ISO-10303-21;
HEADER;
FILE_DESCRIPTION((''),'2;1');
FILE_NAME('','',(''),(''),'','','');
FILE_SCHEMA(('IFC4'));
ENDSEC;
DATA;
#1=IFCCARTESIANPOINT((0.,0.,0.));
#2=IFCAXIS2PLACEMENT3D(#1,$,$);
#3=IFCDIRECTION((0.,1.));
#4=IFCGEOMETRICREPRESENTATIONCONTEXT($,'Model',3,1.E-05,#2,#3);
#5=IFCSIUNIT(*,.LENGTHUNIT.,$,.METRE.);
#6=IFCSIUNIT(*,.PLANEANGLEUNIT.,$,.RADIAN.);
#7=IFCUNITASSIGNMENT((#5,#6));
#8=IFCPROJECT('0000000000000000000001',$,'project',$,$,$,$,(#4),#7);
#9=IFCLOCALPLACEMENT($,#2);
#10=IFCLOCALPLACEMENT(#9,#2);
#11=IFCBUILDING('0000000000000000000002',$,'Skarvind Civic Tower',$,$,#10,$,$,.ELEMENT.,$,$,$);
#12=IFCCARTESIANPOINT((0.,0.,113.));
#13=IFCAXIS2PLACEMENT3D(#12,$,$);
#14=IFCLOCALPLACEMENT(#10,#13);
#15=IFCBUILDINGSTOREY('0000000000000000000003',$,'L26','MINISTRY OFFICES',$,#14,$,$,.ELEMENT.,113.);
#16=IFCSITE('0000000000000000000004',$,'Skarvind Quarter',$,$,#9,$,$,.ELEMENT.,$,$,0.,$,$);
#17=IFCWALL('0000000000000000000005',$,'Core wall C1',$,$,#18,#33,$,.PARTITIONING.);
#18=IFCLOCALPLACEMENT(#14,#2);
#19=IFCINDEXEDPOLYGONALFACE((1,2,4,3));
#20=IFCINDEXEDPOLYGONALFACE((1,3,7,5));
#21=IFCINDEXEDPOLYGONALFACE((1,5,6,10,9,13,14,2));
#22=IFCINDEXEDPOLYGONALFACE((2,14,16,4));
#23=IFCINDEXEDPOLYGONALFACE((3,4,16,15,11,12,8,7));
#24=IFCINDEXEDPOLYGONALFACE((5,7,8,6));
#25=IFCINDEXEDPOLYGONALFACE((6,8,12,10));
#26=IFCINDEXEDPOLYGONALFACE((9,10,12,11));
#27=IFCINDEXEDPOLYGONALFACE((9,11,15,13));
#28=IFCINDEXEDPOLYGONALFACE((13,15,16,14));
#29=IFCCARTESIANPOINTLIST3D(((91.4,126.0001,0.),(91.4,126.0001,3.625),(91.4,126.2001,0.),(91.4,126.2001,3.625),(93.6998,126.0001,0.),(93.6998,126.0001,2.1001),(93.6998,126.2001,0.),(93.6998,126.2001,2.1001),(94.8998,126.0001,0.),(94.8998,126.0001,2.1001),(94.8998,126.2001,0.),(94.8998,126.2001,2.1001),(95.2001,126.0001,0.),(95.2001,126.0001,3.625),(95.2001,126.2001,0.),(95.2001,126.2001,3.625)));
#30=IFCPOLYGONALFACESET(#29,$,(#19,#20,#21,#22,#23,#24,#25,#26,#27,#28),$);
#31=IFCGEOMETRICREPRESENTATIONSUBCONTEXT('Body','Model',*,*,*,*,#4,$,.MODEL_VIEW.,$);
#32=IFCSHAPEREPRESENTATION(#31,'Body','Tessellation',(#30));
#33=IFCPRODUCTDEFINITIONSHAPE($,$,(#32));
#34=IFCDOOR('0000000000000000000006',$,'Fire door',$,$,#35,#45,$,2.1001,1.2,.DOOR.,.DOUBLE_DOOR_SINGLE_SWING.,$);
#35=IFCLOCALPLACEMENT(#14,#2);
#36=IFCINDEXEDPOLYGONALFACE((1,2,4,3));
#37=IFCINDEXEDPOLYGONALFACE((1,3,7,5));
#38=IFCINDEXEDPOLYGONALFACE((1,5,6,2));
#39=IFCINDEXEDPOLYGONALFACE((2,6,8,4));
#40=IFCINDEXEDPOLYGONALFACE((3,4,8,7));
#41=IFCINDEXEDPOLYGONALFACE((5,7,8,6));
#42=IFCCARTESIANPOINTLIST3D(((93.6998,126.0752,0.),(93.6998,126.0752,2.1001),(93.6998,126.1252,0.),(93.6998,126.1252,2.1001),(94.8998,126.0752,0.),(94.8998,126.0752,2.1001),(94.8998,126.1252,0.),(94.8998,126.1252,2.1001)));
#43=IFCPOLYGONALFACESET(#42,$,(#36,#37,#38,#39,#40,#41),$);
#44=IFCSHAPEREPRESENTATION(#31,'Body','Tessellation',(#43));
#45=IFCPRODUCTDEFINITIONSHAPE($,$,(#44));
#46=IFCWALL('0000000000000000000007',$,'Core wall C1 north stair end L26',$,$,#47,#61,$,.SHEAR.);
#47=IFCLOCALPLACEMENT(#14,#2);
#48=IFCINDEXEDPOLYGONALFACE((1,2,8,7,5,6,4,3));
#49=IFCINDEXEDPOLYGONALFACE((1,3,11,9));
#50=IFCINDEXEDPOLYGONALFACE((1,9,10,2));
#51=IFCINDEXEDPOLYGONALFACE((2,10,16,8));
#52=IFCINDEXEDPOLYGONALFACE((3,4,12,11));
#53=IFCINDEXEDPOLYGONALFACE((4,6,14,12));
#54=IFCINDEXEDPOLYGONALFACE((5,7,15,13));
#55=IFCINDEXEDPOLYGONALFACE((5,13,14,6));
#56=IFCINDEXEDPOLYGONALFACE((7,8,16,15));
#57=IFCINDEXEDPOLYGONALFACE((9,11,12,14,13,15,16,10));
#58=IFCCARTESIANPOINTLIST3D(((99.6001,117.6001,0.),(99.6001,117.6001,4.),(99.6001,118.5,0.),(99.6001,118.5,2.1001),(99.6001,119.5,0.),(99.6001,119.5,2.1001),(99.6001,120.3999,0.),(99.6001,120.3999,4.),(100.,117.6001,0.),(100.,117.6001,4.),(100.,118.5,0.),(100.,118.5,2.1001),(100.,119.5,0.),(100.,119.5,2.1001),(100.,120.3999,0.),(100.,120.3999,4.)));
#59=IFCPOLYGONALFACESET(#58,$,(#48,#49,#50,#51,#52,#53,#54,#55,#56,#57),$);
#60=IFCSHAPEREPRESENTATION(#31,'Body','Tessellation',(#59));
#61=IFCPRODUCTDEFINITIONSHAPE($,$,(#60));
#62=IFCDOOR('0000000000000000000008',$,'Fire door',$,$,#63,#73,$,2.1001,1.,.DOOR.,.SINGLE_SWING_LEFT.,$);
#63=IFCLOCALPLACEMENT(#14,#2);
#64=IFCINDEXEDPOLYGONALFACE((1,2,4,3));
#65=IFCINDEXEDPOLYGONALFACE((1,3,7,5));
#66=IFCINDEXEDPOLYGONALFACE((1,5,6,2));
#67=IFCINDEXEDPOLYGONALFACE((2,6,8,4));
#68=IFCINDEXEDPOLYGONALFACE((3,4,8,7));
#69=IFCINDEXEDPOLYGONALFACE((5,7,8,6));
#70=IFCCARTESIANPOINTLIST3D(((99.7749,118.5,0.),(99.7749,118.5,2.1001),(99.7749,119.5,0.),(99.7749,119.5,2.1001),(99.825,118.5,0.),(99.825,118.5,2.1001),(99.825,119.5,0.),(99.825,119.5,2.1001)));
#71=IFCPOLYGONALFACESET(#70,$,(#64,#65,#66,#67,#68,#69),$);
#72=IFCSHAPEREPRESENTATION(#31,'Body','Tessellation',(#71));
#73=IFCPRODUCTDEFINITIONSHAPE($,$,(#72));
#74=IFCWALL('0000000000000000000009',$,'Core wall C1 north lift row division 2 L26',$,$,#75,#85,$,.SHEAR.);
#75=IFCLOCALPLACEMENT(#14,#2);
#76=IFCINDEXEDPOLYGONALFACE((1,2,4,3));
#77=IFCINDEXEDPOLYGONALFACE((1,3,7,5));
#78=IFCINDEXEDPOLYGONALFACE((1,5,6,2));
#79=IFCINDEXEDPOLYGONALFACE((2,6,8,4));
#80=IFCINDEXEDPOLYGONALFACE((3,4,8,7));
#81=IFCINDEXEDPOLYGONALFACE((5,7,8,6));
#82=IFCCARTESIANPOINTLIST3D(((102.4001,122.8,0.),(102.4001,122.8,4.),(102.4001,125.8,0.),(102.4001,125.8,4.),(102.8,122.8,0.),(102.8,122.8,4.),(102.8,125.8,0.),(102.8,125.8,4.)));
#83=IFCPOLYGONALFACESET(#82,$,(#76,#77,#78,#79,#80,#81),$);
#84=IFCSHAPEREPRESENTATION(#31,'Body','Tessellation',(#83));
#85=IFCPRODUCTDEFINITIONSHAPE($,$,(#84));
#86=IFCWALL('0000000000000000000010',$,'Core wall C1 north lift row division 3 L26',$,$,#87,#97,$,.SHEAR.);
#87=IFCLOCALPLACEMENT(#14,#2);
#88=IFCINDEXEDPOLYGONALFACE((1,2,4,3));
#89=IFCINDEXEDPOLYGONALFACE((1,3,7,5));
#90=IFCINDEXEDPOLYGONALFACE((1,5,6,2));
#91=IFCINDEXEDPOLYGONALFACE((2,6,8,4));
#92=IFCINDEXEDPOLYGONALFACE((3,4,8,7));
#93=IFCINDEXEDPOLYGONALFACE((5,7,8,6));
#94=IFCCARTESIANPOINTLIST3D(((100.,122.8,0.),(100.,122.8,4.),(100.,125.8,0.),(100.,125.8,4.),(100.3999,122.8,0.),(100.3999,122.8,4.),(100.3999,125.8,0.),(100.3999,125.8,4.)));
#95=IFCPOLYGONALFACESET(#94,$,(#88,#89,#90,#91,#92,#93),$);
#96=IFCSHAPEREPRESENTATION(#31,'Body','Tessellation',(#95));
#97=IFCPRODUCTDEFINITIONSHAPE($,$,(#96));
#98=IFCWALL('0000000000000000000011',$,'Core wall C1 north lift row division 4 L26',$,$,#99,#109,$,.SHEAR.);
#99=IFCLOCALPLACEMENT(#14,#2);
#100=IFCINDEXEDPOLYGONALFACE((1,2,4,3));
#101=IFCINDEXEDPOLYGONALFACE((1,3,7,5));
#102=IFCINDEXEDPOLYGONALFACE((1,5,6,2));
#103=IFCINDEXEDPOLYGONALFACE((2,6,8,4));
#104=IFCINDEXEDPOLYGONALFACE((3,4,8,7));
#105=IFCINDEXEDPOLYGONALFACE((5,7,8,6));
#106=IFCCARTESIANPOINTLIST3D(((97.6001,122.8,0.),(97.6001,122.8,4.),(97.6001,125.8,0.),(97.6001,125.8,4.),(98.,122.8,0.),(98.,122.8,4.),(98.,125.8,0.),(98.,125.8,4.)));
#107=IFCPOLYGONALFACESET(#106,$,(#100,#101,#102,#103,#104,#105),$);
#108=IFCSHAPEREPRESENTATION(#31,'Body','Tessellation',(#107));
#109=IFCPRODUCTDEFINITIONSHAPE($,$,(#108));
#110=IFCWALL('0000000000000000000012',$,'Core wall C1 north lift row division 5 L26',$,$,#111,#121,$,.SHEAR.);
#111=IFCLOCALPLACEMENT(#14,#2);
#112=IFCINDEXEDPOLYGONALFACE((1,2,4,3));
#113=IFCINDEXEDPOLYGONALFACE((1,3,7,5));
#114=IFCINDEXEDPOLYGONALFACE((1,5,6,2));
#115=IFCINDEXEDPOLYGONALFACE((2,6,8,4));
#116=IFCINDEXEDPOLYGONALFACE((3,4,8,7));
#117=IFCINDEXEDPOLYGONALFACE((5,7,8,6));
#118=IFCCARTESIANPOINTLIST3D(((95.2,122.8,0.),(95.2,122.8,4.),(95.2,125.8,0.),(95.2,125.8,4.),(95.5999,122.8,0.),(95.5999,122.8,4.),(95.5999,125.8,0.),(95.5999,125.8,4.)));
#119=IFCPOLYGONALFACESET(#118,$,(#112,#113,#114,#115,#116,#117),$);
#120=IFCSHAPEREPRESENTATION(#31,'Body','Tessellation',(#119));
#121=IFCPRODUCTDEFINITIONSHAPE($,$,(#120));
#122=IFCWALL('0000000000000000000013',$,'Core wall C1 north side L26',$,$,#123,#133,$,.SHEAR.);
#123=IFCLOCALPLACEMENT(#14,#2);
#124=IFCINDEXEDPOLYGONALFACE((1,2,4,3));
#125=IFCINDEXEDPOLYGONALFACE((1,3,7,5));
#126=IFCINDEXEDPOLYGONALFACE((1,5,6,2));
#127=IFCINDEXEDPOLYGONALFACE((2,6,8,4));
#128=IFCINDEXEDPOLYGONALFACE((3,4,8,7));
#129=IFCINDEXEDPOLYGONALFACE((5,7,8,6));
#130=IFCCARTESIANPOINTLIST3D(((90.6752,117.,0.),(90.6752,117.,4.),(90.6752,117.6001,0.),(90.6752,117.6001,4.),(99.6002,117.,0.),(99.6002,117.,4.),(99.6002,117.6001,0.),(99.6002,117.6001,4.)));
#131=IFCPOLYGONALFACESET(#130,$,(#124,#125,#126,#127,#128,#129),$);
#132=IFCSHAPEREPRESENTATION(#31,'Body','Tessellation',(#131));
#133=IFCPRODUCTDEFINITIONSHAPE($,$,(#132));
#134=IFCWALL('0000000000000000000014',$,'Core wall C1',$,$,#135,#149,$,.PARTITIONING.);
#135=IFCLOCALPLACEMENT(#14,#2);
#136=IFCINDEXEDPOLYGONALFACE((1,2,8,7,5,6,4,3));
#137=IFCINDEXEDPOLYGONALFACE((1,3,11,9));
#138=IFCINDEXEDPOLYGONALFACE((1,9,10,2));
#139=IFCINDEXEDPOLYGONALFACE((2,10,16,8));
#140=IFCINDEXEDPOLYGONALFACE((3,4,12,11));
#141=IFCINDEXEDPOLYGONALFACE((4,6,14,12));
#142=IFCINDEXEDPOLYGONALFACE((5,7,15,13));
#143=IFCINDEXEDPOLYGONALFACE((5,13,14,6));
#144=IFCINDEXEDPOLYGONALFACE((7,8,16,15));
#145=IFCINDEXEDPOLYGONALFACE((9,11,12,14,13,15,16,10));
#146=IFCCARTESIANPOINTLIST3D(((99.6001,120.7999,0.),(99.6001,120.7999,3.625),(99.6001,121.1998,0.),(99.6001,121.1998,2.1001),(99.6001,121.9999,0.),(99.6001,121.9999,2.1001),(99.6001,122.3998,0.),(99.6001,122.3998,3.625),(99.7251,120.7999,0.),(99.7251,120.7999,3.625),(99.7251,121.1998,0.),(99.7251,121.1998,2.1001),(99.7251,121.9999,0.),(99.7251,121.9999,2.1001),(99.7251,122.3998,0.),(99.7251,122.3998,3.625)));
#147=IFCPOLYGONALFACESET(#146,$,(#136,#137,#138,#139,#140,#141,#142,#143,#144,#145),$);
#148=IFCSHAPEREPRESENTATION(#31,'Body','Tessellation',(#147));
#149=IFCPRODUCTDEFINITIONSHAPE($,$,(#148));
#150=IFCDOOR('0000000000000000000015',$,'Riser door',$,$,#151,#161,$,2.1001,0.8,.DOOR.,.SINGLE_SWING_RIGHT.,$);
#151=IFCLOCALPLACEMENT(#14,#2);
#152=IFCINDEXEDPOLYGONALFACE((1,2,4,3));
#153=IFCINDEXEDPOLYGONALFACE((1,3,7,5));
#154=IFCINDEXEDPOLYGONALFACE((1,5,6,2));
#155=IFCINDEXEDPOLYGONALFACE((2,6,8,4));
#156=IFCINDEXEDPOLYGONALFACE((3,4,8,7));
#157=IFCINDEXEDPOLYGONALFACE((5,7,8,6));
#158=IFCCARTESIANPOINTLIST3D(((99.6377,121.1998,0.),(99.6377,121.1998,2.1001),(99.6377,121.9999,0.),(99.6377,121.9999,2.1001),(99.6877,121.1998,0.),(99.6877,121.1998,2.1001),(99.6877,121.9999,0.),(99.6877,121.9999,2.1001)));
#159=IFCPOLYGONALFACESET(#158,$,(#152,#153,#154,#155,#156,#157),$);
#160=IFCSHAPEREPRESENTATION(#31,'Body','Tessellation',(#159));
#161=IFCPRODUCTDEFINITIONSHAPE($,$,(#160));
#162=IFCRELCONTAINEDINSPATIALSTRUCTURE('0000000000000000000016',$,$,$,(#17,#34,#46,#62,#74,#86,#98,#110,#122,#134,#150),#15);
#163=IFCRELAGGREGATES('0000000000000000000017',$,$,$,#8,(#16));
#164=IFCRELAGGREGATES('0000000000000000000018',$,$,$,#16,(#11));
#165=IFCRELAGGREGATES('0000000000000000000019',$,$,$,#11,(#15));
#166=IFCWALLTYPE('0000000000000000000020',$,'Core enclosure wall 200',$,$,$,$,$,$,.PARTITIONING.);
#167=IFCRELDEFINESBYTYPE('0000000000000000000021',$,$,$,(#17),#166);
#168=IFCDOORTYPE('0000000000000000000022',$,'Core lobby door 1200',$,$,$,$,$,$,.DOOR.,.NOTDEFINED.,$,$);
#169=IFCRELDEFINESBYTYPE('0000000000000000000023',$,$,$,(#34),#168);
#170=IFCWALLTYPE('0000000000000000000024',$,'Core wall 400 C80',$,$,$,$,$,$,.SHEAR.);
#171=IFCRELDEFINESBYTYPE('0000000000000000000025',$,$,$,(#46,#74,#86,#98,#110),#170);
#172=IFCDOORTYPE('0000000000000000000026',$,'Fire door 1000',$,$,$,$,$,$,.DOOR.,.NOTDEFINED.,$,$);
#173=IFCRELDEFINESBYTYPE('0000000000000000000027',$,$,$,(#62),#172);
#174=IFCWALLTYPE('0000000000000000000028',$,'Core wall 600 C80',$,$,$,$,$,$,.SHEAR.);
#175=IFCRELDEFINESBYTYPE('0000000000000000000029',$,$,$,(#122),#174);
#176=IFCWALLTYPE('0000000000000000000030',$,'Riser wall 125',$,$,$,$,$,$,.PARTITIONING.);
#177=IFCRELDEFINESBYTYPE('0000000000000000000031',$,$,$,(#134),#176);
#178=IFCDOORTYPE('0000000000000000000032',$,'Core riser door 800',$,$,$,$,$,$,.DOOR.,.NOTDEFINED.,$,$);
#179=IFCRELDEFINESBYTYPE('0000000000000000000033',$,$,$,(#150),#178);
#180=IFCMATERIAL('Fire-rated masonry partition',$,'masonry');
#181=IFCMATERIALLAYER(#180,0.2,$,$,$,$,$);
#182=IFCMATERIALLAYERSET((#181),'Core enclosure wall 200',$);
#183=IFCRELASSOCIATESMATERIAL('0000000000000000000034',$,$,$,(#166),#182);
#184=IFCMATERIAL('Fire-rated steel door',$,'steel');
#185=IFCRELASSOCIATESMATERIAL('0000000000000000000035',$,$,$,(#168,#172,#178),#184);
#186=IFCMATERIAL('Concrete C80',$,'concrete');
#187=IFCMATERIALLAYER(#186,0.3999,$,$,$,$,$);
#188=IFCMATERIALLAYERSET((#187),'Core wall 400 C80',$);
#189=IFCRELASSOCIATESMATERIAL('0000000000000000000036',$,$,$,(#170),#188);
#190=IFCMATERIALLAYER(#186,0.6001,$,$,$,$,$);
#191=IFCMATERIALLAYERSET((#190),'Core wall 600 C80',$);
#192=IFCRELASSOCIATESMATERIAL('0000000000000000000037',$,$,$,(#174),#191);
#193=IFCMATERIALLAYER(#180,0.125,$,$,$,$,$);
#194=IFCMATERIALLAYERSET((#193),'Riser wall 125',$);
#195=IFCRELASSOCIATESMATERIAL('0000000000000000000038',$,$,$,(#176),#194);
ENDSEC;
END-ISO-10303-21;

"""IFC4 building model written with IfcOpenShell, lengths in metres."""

from ifc_helpers import new_model, si_unit, direction, frame, frame_2d, origin, place, context, subcontext, project, spatial, rectangle, extrude, material, layer, layer_set, type_object, element, fill, save


model = new_model("IFC4")

# Units and contexts
model_context = context("Model", 3, precision=1e-05, world=origin(), true_north=direction((0.0, 1.0)))
body_context = subcontext(model_context, "Body", "Model", "MODEL_VIEW")
ifc_project = project(units=[si_unit("LENGTHUNIT", "METRE"), si_unit("PLANEANGLEUNIT", "RADIAN")], contexts=[model_context])

# Site, building, storey
site_placement = place(None, origin())
site = spatial("IfcSite", under=ifc_project, at=site_placement, Name="Skarvind Quarter", CompositionType="ELEMENT", RefElevation=0.0)
building_placement = place(site_placement, origin())
building = spatial("IfcBuilding", under=site, at=building_placement, Name="Skarvind Civic Tower", CompositionType="ELEMENT")
storey_placement = place(building_placement, frame((0.0, 0.0, 113.0)))
storey = spatial("IfcBuildingStorey", under=building, at=storey_placement, Name="L26", Description="MINISTRY OFFICES", CompositionType="ELEMENT", Elevation=113.0)

# Walls, openings, doors
ifc_material_1 = material(Name="Fire-rated masonry partition", Category="masonry")
ifc_layer_1 = layer(ifc_material_1, 0.2)
ifc_layer_set_1 = layer_set([ifc_layer_1], Name="Core enclosure wall 200")
wall_type_1 = type_object("IfcWallType", Name="Core enclosure wall 200", PredefinedType="PARTITIONING", material=ifc_layer_set_1)
wall_1_placement = place(storey_placement, frame((95.2, 126.1001, 0.0), z_axis=(0.0, 0.0, 1.0), x_axis=(-1.0, 0.0, 0.0)))
wall_1 = element("IfcWall", 1, at=wall_1_placement, inside=storey, type_object=wall_type_1, Name="Core wall C1", PredefinedType="PARTITIONING", context=body_context, shape_type="SweptSolid", body=[
    extrude(rectangle(XDim=3.8, YDim=0.2, at=frame_2d((1.8999, 0.0))), origin(), (0.0, 0.0, 1.0), 3.625),
])
opening_1_placement = place(wall_1_placement, frame((0.3, 0.0, 0.0)))
opening_1 = element("IfcOpeningElement", 2, at=opening_1_placement, cuts=wall_1, PredefinedType="OPENING", context=body_context, shape_type="SweptSolid", body=[
    extrude(rectangle(XDim=1.2, YDim=2.1001, at=frame_2d((0.6001, 1.05))), frame((0.0, 0.1099, 0.0), z_axis=(0.0, -1.0, 0.0), x_axis=(1.0, 0.0, 0.0)), (0.0, 0.0, 1.0), 0.22),
])
ifc_material_2 = material(Name="Fire-rated steel door", Category="steel")
door_type_1 = type_object("IfcDoorType", Name="Core lobby door 1200", OperationType="NOTDEFINED", PredefinedType="DOOR", material=ifc_material_2)
door_1_placement = place(opening_1_placement, origin())
door_1 = element("IfcDoor", 3, at=door_1_placement, inside=storey, type_object=door_type_1, Name="Fire door", OperationType="DOUBLE_DOOR_SINGLE_SWING", OverallHeight=2.1001, OverallWidth=1.2, PredefinedType="DOOR", context=body_context, shape_type="SweptSolid", body=[
    extrude(rectangle(XDim=1.2, YDim=2.1001, at=frame_2d((0.6001, 1.05))), frame((0.0, 0.0249, 0.0), z_axis=(0.0, -1.0, 0.0), x_axis=(1.0, 0.0, 0.0)), (0.0, 0.0, 1.0), 0.05),
])
fill(opening_1, door_1)
ifc_material_3 = material(Name="Concrete C80", Category="concrete")
ifc_layer_2 = layer(ifc_material_3, 0.3999)
ifc_layer_set_2 = layer_set([ifc_layer_2], Name="Core wall 400 C80")
wall_type_2 = type_object("IfcWallType", Name="Core wall 400 C80", PredefinedType="SHEAR", material=ifc_layer_set_2)
wall_2_placement = place(storey_placement, frame((99.8, 120.3999, 0.0), z_axis=(0.0, 0.0, 1.0), x_axis=(0.0, -1.0, 0.0)))
wall_2 = element("IfcWall", 4, at=wall_2_placement, inside=storey, type_object=wall_type_2, Name="Core wall C1 north stair end L26", PredefinedType="SHEAR", context=body_context, shape_type="SweptSolid", body=[
    extrude(rectangle(XDim=2.7998, YDim=0.3999, at=frame_2d((1.3999, 0.0))), origin(), (0.0, 0.0, 1.0), 4.0),
])
opening_2_placement = place(wall_2_placement, frame((0.8999, 0.0, 0.0)))
opening_2 = element("IfcOpeningElement", 5, at=opening_2_placement, cuts=wall_2, PredefinedType="OPENING", context=body_context, shape_type="SweptSolid", body=[
    extrude(rectangle(XDim=1.0, YDim=2.1001, at=frame_2d((0.5, 1.05))), frame((0.0, 0.21, 0.0), z_axis=(0.0, -1.0, 0.0), x_axis=(1.0, 0.0, 0.0)), (0.0, 0.0, 1.0), 0.4199),
])
door_type_2 = type_object("IfcDoorType", Name="Fire door 1000", OperationType="NOTDEFINED", PredefinedType="DOOR", material=ifc_material_2)
door_2_placement = place(opening_2_placement, origin())
door_2 = element("IfcDoor", 6, at=door_2_placement, inside=storey, type_object=door_type_2, Name="Fire door", OperationType="SINGLE_SWING_LEFT", OverallHeight=2.1001, OverallWidth=1.0, PredefinedType="DOOR", context=body_context, shape_type="SweptSolid", body=[
    extrude(rectangle(XDim=1.0, YDim=2.1001, at=frame_2d((0.5, 1.05))), frame((0.0, 0.0249, 0.0), z_axis=(0.0, -1.0, 0.0), x_axis=(1.0, 0.0, 0.0)), (0.0, 0.0, 1.0), 0.05),
])
fill(opening_2, door_2)

# Walls
for number, where, z_axis, x_axis, name in (
    (7, (102.6001, 125.8, 0.0), (0.0, 0.0, 1.0), (0.0, -1.0, 0.0), "Core wall C1 north lift row division 2 L26"),
    (8, (100.2, 125.8, 0.0), (0.0, 0.0, 1.0), (0.0, -1.0, 0.0), "Core wall C1 north lift row division 3 L26"),
    (9, (97.8, 125.8, 0.0), (0.0, 0.0, 1.0), (0.0, -1.0, 0.0), "Core wall C1 north lift row division 4 L26"),
    (10, (95.3999, 125.8, 0.0), (0.0, 0.0, 1.0), (0.0, -1.0, 0.0), "Core wall C1 north lift row division 5 L26"),
):
    element("IfcWall", number, at=place(storey_placement, frame(where, z_axis=z_axis, x_axis=x_axis)), inside=storey, type_object=wall_type_2, Name=name, PredefinedType="SHEAR", context=body_context, shape_type="SweptSolid", body=[
        extrude(rectangle(XDim=3.0, YDim=0.3999, at=frame_2d((1.5, 0.0))), origin(), (0.0, 0.0, 1.0), 4.0),
    ])
ifc_layer_3 = layer(ifc_material_3, 0.6001)
ifc_layer_set_3 = layer_set([ifc_layer_3], Name="Core wall 600 C80")
wall_type_3 = type_object("IfcWallType", Name="Core wall 600 C80", PredefinedType="SHEAR", material=ifc_layer_set_3)
wall_3_placement = place(storey_placement, frame((99.6001, 117.3, 0.0), z_axis=(0.0, 0.0, 1.0), x_axis=(-1.0, 0.0, 0.0)))
element("IfcWall", 11, at=wall_3_placement, inside=storey, type_object=wall_type_3, Name="Core wall C1 north side L26", PredefinedType="SHEAR", context=body_context, shape_type="SweptSolid", body=[
    extrude(rectangle(XDim=8.925, YDim=0.6001, at=frame_2d((4.4624, 0.0))), origin(), (0.0, 0.0, 1.0), 4.0),
])

# Wall, opening, door
ifc_layer_4 = layer(ifc_material_1, 0.125)
ifc_layer_set_4 = layer_set([ifc_layer_4], Name="Riser wall 125")
wall_type_4 = type_object("IfcWallType", Name="Riser wall 125", PredefinedType="PARTITIONING", material=ifc_layer_set_4)
wall_4_placement = place(storey_placement, frame((99.6626, 120.8, 0.0), z_axis=(0.0, 0.0, 1.0), x_axis=(0.0, 1.0, 0.0)))
wall_4 = element("IfcWall", 12, at=wall_4_placement, inside=storey, type_object=wall_type_4, Name="Core wall C1", PredefinedType="PARTITIONING", context=body_context, shape_type="SweptSolid", body=[
    extrude(rectangle(XDim=1.5999, YDim=0.125, at=frame_2d((0.7998, 0.0))), origin(), (0.0, 0.0, 1.0), 3.625),
])
opening_3_placement = place(wall_4_placement, frame((0.3999, 0.0, 0.0)))
opening_3 = element("IfcOpeningElement", 13, at=opening_3_placement, cuts=wall_4, PredefinedType="OPENING", context=body_context, shape_type="SweptSolid", body=[
    extrude(rectangle(XDim=0.8, YDim=2.1001, at=frame_2d((0.3999, 1.05))), frame((0.0, 0.0725, 0.0), z_axis=(0.0, -1.0, 0.0), x_axis=(1.0, 0.0, 0.0)), (0.0, 0.0, 1.0), 0.145),
])
door_type_3 = type_object("IfcDoorType", Name="Core riser door 800", OperationType="NOTDEFINED", PredefinedType="DOOR", material=ifc_material_2)
door_3_placement = place(opening_3_placement, origin())
door_3 = element("IfcDoor", 14, at=door_3_placement, inside=storey, type_object=door_type_3, Name="Riser door", OperationType="SINGLE_SWING_RIGHT", OverallHeight=2.1001, OverallWidth=0.8, PredefinedType="DOOR", context=body_context, shape_type="SweptSolid", body=[
    extrude(rectangle(XDim=0.8, YDim=2.1001, at=frame_2d((0.3999, 1.05))), frame((0.0, 0.0249, 0.0), z_axis=(0.0, -1.0, 0.0), x_axis=(1.0, 0.0, 0.0)), (0.0, 0.0, 1.0), 0.05),
])
fill(opening_3, door_3)

save(model, "model.ifc")
